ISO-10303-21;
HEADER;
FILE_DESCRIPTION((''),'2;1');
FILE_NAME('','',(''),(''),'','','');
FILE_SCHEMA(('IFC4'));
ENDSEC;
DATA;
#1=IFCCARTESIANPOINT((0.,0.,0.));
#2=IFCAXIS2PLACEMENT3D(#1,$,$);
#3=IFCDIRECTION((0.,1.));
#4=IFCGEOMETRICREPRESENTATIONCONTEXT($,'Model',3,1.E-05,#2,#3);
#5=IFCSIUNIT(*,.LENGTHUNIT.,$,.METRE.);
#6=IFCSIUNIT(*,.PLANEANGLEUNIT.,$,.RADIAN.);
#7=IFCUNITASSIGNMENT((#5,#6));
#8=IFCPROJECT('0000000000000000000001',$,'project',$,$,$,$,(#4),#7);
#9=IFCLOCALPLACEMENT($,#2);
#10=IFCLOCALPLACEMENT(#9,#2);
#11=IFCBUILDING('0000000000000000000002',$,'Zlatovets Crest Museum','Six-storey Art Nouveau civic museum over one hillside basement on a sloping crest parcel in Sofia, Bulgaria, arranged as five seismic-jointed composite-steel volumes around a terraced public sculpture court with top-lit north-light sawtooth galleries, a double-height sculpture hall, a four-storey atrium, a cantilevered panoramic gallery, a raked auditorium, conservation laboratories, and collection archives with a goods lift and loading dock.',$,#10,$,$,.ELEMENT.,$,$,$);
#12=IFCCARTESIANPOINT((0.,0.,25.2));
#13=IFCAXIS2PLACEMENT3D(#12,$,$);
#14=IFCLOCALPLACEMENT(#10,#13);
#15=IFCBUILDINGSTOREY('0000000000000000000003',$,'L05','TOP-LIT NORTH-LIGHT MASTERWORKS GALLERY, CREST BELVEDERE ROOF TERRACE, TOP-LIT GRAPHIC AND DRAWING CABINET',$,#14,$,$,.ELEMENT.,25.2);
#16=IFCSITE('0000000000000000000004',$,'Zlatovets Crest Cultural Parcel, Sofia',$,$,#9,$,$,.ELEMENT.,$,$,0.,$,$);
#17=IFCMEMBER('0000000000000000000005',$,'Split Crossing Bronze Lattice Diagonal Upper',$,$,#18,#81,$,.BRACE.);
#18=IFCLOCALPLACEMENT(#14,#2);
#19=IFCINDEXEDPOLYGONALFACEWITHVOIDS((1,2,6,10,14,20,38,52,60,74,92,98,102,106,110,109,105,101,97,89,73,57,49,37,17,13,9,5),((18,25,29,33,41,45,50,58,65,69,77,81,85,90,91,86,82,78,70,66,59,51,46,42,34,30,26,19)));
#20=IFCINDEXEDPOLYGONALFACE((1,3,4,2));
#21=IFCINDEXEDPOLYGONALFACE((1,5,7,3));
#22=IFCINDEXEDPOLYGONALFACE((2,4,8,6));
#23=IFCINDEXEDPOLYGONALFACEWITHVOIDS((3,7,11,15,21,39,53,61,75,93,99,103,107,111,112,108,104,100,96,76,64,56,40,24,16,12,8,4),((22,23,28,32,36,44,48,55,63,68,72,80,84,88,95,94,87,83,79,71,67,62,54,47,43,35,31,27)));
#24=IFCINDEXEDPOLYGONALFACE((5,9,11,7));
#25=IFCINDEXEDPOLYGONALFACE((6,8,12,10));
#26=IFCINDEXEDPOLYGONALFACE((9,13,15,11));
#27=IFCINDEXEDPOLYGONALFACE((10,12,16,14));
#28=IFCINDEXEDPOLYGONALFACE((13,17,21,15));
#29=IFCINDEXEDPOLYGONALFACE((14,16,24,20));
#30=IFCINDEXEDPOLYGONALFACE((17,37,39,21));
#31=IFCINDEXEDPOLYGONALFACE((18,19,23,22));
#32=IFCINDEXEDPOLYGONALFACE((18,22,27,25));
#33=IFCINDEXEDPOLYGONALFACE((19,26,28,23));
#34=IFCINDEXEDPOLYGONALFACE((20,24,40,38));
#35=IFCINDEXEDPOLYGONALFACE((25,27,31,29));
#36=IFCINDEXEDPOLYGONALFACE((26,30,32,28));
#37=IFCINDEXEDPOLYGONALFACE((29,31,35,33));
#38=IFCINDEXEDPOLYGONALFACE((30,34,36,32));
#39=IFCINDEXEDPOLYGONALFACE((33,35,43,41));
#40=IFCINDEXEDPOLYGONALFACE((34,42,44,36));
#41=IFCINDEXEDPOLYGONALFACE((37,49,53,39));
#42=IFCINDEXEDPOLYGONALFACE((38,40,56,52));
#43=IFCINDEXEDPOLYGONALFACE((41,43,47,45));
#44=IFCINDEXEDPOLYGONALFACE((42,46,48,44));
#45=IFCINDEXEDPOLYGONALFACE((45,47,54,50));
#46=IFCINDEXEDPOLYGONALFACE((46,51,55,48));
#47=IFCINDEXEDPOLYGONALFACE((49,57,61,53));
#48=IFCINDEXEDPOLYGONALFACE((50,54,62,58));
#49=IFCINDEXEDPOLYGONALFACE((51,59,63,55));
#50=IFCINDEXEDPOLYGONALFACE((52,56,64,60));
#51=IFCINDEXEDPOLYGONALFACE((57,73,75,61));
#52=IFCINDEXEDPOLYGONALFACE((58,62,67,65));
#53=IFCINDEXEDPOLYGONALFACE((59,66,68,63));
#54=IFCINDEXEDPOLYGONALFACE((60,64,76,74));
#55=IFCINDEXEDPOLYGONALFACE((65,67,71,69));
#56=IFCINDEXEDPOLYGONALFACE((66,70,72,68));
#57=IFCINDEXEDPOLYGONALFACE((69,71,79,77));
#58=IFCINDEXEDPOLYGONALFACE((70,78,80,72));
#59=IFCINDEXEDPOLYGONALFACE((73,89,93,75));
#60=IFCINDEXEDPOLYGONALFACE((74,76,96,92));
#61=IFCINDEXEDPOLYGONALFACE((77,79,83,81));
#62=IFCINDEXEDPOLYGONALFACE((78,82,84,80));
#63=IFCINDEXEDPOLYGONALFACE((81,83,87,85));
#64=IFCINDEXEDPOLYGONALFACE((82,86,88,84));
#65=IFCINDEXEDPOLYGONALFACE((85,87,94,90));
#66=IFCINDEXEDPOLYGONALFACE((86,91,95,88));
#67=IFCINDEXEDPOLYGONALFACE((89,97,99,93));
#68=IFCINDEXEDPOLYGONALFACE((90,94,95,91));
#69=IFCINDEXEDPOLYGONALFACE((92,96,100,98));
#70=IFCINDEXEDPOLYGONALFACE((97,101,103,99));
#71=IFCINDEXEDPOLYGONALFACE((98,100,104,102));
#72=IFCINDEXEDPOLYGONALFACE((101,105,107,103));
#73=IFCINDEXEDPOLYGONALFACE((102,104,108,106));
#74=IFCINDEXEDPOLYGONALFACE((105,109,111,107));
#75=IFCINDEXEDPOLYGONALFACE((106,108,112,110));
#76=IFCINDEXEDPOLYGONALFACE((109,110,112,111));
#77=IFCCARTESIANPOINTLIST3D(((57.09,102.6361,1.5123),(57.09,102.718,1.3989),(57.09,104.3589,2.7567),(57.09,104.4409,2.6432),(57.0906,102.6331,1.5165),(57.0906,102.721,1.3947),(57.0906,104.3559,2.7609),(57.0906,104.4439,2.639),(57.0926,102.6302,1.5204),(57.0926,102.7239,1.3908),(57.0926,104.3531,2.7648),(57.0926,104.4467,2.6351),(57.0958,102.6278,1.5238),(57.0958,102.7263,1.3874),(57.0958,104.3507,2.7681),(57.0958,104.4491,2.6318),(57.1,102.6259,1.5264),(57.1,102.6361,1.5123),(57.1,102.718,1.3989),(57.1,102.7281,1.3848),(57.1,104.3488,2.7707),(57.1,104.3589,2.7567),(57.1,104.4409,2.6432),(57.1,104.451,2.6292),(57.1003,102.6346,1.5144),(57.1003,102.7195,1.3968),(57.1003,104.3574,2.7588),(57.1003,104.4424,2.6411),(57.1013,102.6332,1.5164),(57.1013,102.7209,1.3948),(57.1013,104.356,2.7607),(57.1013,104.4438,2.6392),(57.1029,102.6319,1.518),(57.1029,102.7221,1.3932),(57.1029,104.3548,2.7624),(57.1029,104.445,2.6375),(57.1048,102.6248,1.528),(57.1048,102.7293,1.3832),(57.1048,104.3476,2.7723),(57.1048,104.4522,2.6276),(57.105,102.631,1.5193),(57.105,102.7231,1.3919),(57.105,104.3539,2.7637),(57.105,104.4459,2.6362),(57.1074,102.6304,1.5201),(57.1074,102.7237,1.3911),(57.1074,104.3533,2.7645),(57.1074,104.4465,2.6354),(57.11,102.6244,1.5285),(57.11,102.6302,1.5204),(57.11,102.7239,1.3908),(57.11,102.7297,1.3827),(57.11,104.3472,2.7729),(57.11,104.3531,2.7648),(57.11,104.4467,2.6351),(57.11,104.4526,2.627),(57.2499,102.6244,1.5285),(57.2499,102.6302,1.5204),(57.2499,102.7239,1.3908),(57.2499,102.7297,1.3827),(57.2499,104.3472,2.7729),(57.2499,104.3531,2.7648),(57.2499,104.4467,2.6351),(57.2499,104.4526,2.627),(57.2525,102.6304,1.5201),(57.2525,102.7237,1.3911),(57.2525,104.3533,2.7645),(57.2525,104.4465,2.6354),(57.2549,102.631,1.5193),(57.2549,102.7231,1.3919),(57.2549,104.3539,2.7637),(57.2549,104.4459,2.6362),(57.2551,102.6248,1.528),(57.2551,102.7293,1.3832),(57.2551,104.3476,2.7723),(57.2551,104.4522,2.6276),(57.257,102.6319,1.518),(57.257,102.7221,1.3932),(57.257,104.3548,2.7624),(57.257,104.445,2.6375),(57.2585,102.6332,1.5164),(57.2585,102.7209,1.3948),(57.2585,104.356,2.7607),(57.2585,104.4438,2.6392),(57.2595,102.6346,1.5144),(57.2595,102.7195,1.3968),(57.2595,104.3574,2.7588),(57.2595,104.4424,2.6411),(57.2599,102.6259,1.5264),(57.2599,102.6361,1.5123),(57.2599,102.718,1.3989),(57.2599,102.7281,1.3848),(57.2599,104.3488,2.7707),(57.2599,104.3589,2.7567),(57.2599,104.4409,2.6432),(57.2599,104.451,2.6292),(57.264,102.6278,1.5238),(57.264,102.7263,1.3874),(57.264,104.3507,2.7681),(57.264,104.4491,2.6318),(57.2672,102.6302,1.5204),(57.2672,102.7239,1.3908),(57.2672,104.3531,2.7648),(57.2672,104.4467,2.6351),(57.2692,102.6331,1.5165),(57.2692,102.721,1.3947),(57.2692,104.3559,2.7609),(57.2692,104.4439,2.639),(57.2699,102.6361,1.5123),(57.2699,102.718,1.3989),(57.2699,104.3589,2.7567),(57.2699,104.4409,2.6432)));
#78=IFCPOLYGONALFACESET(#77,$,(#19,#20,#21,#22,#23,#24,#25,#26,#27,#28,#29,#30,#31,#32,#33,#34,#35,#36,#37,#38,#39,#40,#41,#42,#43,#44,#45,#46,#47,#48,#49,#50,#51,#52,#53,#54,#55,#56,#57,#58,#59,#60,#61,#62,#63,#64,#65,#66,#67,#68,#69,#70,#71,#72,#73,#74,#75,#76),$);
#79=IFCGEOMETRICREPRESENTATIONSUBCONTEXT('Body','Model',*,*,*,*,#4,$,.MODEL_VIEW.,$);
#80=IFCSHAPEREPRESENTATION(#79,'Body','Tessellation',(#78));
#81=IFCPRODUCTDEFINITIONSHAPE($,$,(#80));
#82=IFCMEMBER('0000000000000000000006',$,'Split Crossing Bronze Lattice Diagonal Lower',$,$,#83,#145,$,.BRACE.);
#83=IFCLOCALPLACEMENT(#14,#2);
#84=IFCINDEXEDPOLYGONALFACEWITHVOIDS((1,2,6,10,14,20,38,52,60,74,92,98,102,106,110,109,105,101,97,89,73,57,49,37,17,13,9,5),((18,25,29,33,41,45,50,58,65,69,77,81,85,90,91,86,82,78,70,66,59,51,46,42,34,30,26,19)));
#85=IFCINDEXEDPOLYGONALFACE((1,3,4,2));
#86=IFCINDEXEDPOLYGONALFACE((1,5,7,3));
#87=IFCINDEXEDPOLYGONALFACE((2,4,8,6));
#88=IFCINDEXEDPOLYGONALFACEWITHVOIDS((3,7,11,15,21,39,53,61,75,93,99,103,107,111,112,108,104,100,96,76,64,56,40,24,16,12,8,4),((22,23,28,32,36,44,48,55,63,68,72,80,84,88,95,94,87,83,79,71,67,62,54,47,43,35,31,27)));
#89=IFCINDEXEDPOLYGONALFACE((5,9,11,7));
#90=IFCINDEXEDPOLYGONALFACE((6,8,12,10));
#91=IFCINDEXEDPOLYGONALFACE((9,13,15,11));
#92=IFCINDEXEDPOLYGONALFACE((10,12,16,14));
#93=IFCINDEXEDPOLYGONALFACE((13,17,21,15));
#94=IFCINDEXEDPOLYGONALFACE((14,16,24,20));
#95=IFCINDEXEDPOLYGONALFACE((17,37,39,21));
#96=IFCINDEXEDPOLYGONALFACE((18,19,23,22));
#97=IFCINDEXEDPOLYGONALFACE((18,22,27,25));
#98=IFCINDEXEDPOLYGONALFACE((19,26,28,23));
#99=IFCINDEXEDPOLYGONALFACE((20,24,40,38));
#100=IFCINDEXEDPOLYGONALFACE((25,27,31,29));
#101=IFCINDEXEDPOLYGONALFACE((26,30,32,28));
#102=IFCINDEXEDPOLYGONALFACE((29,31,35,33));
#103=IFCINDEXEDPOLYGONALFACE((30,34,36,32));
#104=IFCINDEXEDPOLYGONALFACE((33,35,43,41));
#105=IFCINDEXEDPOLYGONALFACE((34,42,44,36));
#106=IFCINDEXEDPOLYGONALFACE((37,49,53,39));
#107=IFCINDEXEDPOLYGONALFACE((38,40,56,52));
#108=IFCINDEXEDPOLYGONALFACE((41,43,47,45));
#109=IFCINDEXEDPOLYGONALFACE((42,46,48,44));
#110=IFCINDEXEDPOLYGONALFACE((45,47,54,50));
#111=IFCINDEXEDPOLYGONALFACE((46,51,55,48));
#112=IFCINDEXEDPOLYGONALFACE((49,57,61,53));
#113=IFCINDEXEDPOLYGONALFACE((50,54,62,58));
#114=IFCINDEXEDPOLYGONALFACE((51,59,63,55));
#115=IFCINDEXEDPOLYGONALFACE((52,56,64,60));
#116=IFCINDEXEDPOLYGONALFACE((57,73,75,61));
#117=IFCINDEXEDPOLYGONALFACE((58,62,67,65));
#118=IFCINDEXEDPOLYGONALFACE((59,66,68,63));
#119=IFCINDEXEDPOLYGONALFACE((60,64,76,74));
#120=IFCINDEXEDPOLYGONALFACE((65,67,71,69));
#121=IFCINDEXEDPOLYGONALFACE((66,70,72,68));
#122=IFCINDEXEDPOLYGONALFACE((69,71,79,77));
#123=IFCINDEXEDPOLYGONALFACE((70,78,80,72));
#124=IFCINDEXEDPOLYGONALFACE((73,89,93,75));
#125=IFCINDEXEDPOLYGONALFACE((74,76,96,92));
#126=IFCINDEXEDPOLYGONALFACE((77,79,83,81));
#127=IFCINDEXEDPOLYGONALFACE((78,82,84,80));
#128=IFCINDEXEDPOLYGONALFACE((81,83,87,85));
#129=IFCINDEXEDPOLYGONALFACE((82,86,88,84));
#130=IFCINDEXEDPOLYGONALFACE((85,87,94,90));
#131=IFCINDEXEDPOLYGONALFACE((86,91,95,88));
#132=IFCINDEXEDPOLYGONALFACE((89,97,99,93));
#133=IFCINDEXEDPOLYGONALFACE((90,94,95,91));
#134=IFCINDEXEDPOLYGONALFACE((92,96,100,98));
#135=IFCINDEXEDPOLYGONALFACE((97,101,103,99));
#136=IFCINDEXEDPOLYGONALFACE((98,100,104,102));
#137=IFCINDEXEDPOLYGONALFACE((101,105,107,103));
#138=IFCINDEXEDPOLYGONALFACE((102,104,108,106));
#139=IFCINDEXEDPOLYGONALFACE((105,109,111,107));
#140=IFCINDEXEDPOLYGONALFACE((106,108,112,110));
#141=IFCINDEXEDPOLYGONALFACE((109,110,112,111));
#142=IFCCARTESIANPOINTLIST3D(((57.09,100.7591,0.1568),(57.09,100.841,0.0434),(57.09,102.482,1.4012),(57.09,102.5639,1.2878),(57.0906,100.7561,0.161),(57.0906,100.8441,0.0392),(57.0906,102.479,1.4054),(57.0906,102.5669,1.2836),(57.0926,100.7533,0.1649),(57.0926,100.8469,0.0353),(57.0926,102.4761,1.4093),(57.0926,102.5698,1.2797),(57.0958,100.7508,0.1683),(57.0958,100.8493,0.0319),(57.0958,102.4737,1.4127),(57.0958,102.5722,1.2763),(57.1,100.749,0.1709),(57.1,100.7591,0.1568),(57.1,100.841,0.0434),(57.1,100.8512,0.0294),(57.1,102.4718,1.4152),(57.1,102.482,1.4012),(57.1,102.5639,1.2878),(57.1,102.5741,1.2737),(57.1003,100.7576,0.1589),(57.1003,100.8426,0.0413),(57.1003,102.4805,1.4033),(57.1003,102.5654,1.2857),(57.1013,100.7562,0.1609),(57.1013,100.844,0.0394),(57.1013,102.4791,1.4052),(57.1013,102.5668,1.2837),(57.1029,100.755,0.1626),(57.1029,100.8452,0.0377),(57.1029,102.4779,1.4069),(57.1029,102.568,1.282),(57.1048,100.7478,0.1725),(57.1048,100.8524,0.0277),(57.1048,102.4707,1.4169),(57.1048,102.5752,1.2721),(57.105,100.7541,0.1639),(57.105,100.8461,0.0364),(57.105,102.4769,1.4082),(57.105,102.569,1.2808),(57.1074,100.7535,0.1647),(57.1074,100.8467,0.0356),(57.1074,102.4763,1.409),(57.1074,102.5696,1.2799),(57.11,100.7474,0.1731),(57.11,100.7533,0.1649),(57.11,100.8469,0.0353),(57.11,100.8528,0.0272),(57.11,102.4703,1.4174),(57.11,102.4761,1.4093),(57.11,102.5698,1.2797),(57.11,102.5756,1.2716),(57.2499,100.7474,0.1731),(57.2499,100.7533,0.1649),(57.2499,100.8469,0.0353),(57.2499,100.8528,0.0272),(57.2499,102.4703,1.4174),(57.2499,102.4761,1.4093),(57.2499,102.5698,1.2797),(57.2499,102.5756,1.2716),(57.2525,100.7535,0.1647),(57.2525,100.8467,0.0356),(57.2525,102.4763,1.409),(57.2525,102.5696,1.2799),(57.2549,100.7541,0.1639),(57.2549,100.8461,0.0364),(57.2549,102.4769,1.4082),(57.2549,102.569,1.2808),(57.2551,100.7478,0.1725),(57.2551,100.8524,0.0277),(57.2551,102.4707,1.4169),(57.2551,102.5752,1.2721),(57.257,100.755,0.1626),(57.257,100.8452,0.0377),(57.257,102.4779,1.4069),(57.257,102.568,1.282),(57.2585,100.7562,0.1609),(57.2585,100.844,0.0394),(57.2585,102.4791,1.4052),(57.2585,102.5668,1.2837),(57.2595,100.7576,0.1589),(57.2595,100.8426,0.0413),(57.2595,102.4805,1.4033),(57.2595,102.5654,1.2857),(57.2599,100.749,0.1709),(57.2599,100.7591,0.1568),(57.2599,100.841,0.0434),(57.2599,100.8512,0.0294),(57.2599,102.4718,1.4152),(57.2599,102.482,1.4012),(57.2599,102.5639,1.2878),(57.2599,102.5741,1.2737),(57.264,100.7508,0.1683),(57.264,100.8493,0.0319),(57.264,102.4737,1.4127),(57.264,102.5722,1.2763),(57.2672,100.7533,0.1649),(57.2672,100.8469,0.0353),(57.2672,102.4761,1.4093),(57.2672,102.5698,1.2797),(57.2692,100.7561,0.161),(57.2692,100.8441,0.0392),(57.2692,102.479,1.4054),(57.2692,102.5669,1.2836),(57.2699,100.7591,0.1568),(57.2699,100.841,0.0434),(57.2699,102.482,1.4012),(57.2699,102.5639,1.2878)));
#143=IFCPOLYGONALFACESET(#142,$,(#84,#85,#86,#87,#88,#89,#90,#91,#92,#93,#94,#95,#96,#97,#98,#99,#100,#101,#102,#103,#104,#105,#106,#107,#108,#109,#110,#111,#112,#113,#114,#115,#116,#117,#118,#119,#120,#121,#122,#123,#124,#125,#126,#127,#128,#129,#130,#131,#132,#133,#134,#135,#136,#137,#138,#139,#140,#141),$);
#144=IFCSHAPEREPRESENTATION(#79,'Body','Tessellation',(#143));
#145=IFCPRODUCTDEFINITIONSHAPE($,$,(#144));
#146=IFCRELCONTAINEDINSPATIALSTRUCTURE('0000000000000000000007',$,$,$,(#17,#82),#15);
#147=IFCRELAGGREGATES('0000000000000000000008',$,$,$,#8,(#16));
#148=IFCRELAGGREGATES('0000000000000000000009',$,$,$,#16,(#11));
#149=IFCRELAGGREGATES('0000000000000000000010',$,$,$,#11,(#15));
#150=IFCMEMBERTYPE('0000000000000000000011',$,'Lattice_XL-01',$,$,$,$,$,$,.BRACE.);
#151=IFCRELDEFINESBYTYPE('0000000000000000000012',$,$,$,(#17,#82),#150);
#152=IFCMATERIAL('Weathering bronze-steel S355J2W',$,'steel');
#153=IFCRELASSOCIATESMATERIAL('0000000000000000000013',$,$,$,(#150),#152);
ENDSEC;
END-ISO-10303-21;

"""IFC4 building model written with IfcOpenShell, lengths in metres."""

from ifc_helpers import new_model, si_unit, direction, frame, origin, origin_2d, place, context, subcontext, project, spatial, hollow_rectangle, extrude, material, material_profile, profile_set, type_object, element, save


model = new_model("IFC4")

# Units and contexts
model_context = context("Model", 3, precision=1e-05, world=origin(), true_north=direction((0.0, 1.0)))
body_context = subcontext(model_context, "Body", "Model", "MODEL_VIEW")
ifc_project = project(units=[si_unit("LENGTHUNIT", "METRE"), si_unit("PLANEANGLEUNIT", "RADIAN")], contexts=[model_context])

# Site, building, storey
site_placement = place(None, origin())
site = spatial("IfcSite", under=ifc_project, at=site_placement, Name="Zlatovets Crest Cultural Parcel, Sofia", CompositionType="ELEMENT", RefElevation=0.0)
building_placement = place(site_placement, origin())
building = spatial("IfcBuilding", under=site, at=building_placement, Name="Zlatovets Crest Museum", Description="Six-storey Art Nouveau civic museum over one hillside basement on a sloping crest parcel in Sofia, Bulgaria, arranged as five seismic-jointed composite-steel volumes around a terraced public sculpture court with top-lit north-light sawtooth galleries, a double-height sculpture hall, a four-storey atrium, a cantilevered panoramic gallery, a raked auditorium, conservation laboratories, and collection archives with a goods lift and loading dock.", CompositionType="ELEMENT")
storey_placement = place(building_placement, frame((0.0, 0.0, 25.2)))
storey = spatial("IfcBuildingStorey", under=building, at=storey_placement, Name="L05", Description="TOP-LIT NORTH-LIGHT MASTERWORKS GALLERY, CREST BELVEDERE ROOF TERRACE, TOP-LIT GRAPHIC AND DRAWING CABINET", CompositionType="ELEMENT", Elevation=25.2)

# Members
ifc_material_1 = material(Name="Weathering bronze-steel S355J2W", Category="steel")
ifc_material_profile_1 = material_profile(ifc_material_1, hollow_rectangle(XDim=0.1799, YDim=0.1799, WallThickness=0.01, InnerFilletRadius=0.01, OuterFilletRadius=0.02, at=origin_2d()), Name="SHS 180x180x10.0")
ifc_profile_set_1 = profile_set([ifc_material_profile_1], Name="Weathering bronze-steel S355J2W")
member_type_1 = type_object("IfcMemberType", Name="Lattice_XL-01", PredefinedType="BRACE", material=ifc_profile_set_1)
for number, where, z_axis, x_axis, name in (
    (1, (57.1799, 104.3999, 2.7), (0.0, -0.810664, -0.585512), (1.0, 0.0, 0.0), "Split Crossing Bronze Lattice Diagonal Upper"),
    (2, (57.1799, 102.5229, 1.3445), (0.0, -0.810664, -0.585512), (1.0, 0.0, 0.0), "Split Crossing Bronze Lattice Diagonal Lower"),
):
    element("IfcMember", number, at=place(storey_placement, frame(where, z_axis=z_axis, x_axis=x_axis)), inside=storey, type_object=member_type_1, Name=name, PredefinedType="BRACE", context=body_context, shape_type="SweptSolid", body=[
        extrude(hollow_rectangle(XDim=0.1799, YDim=0.1799, WallThickness=0.01, InnerFilletRadius=0.01, OuterFilletRadius=0.02, at=origin_2d()), origin(), (0.0, 0.0, 1.0), 2.1252),
    ])

save(model, "model.ifc")
